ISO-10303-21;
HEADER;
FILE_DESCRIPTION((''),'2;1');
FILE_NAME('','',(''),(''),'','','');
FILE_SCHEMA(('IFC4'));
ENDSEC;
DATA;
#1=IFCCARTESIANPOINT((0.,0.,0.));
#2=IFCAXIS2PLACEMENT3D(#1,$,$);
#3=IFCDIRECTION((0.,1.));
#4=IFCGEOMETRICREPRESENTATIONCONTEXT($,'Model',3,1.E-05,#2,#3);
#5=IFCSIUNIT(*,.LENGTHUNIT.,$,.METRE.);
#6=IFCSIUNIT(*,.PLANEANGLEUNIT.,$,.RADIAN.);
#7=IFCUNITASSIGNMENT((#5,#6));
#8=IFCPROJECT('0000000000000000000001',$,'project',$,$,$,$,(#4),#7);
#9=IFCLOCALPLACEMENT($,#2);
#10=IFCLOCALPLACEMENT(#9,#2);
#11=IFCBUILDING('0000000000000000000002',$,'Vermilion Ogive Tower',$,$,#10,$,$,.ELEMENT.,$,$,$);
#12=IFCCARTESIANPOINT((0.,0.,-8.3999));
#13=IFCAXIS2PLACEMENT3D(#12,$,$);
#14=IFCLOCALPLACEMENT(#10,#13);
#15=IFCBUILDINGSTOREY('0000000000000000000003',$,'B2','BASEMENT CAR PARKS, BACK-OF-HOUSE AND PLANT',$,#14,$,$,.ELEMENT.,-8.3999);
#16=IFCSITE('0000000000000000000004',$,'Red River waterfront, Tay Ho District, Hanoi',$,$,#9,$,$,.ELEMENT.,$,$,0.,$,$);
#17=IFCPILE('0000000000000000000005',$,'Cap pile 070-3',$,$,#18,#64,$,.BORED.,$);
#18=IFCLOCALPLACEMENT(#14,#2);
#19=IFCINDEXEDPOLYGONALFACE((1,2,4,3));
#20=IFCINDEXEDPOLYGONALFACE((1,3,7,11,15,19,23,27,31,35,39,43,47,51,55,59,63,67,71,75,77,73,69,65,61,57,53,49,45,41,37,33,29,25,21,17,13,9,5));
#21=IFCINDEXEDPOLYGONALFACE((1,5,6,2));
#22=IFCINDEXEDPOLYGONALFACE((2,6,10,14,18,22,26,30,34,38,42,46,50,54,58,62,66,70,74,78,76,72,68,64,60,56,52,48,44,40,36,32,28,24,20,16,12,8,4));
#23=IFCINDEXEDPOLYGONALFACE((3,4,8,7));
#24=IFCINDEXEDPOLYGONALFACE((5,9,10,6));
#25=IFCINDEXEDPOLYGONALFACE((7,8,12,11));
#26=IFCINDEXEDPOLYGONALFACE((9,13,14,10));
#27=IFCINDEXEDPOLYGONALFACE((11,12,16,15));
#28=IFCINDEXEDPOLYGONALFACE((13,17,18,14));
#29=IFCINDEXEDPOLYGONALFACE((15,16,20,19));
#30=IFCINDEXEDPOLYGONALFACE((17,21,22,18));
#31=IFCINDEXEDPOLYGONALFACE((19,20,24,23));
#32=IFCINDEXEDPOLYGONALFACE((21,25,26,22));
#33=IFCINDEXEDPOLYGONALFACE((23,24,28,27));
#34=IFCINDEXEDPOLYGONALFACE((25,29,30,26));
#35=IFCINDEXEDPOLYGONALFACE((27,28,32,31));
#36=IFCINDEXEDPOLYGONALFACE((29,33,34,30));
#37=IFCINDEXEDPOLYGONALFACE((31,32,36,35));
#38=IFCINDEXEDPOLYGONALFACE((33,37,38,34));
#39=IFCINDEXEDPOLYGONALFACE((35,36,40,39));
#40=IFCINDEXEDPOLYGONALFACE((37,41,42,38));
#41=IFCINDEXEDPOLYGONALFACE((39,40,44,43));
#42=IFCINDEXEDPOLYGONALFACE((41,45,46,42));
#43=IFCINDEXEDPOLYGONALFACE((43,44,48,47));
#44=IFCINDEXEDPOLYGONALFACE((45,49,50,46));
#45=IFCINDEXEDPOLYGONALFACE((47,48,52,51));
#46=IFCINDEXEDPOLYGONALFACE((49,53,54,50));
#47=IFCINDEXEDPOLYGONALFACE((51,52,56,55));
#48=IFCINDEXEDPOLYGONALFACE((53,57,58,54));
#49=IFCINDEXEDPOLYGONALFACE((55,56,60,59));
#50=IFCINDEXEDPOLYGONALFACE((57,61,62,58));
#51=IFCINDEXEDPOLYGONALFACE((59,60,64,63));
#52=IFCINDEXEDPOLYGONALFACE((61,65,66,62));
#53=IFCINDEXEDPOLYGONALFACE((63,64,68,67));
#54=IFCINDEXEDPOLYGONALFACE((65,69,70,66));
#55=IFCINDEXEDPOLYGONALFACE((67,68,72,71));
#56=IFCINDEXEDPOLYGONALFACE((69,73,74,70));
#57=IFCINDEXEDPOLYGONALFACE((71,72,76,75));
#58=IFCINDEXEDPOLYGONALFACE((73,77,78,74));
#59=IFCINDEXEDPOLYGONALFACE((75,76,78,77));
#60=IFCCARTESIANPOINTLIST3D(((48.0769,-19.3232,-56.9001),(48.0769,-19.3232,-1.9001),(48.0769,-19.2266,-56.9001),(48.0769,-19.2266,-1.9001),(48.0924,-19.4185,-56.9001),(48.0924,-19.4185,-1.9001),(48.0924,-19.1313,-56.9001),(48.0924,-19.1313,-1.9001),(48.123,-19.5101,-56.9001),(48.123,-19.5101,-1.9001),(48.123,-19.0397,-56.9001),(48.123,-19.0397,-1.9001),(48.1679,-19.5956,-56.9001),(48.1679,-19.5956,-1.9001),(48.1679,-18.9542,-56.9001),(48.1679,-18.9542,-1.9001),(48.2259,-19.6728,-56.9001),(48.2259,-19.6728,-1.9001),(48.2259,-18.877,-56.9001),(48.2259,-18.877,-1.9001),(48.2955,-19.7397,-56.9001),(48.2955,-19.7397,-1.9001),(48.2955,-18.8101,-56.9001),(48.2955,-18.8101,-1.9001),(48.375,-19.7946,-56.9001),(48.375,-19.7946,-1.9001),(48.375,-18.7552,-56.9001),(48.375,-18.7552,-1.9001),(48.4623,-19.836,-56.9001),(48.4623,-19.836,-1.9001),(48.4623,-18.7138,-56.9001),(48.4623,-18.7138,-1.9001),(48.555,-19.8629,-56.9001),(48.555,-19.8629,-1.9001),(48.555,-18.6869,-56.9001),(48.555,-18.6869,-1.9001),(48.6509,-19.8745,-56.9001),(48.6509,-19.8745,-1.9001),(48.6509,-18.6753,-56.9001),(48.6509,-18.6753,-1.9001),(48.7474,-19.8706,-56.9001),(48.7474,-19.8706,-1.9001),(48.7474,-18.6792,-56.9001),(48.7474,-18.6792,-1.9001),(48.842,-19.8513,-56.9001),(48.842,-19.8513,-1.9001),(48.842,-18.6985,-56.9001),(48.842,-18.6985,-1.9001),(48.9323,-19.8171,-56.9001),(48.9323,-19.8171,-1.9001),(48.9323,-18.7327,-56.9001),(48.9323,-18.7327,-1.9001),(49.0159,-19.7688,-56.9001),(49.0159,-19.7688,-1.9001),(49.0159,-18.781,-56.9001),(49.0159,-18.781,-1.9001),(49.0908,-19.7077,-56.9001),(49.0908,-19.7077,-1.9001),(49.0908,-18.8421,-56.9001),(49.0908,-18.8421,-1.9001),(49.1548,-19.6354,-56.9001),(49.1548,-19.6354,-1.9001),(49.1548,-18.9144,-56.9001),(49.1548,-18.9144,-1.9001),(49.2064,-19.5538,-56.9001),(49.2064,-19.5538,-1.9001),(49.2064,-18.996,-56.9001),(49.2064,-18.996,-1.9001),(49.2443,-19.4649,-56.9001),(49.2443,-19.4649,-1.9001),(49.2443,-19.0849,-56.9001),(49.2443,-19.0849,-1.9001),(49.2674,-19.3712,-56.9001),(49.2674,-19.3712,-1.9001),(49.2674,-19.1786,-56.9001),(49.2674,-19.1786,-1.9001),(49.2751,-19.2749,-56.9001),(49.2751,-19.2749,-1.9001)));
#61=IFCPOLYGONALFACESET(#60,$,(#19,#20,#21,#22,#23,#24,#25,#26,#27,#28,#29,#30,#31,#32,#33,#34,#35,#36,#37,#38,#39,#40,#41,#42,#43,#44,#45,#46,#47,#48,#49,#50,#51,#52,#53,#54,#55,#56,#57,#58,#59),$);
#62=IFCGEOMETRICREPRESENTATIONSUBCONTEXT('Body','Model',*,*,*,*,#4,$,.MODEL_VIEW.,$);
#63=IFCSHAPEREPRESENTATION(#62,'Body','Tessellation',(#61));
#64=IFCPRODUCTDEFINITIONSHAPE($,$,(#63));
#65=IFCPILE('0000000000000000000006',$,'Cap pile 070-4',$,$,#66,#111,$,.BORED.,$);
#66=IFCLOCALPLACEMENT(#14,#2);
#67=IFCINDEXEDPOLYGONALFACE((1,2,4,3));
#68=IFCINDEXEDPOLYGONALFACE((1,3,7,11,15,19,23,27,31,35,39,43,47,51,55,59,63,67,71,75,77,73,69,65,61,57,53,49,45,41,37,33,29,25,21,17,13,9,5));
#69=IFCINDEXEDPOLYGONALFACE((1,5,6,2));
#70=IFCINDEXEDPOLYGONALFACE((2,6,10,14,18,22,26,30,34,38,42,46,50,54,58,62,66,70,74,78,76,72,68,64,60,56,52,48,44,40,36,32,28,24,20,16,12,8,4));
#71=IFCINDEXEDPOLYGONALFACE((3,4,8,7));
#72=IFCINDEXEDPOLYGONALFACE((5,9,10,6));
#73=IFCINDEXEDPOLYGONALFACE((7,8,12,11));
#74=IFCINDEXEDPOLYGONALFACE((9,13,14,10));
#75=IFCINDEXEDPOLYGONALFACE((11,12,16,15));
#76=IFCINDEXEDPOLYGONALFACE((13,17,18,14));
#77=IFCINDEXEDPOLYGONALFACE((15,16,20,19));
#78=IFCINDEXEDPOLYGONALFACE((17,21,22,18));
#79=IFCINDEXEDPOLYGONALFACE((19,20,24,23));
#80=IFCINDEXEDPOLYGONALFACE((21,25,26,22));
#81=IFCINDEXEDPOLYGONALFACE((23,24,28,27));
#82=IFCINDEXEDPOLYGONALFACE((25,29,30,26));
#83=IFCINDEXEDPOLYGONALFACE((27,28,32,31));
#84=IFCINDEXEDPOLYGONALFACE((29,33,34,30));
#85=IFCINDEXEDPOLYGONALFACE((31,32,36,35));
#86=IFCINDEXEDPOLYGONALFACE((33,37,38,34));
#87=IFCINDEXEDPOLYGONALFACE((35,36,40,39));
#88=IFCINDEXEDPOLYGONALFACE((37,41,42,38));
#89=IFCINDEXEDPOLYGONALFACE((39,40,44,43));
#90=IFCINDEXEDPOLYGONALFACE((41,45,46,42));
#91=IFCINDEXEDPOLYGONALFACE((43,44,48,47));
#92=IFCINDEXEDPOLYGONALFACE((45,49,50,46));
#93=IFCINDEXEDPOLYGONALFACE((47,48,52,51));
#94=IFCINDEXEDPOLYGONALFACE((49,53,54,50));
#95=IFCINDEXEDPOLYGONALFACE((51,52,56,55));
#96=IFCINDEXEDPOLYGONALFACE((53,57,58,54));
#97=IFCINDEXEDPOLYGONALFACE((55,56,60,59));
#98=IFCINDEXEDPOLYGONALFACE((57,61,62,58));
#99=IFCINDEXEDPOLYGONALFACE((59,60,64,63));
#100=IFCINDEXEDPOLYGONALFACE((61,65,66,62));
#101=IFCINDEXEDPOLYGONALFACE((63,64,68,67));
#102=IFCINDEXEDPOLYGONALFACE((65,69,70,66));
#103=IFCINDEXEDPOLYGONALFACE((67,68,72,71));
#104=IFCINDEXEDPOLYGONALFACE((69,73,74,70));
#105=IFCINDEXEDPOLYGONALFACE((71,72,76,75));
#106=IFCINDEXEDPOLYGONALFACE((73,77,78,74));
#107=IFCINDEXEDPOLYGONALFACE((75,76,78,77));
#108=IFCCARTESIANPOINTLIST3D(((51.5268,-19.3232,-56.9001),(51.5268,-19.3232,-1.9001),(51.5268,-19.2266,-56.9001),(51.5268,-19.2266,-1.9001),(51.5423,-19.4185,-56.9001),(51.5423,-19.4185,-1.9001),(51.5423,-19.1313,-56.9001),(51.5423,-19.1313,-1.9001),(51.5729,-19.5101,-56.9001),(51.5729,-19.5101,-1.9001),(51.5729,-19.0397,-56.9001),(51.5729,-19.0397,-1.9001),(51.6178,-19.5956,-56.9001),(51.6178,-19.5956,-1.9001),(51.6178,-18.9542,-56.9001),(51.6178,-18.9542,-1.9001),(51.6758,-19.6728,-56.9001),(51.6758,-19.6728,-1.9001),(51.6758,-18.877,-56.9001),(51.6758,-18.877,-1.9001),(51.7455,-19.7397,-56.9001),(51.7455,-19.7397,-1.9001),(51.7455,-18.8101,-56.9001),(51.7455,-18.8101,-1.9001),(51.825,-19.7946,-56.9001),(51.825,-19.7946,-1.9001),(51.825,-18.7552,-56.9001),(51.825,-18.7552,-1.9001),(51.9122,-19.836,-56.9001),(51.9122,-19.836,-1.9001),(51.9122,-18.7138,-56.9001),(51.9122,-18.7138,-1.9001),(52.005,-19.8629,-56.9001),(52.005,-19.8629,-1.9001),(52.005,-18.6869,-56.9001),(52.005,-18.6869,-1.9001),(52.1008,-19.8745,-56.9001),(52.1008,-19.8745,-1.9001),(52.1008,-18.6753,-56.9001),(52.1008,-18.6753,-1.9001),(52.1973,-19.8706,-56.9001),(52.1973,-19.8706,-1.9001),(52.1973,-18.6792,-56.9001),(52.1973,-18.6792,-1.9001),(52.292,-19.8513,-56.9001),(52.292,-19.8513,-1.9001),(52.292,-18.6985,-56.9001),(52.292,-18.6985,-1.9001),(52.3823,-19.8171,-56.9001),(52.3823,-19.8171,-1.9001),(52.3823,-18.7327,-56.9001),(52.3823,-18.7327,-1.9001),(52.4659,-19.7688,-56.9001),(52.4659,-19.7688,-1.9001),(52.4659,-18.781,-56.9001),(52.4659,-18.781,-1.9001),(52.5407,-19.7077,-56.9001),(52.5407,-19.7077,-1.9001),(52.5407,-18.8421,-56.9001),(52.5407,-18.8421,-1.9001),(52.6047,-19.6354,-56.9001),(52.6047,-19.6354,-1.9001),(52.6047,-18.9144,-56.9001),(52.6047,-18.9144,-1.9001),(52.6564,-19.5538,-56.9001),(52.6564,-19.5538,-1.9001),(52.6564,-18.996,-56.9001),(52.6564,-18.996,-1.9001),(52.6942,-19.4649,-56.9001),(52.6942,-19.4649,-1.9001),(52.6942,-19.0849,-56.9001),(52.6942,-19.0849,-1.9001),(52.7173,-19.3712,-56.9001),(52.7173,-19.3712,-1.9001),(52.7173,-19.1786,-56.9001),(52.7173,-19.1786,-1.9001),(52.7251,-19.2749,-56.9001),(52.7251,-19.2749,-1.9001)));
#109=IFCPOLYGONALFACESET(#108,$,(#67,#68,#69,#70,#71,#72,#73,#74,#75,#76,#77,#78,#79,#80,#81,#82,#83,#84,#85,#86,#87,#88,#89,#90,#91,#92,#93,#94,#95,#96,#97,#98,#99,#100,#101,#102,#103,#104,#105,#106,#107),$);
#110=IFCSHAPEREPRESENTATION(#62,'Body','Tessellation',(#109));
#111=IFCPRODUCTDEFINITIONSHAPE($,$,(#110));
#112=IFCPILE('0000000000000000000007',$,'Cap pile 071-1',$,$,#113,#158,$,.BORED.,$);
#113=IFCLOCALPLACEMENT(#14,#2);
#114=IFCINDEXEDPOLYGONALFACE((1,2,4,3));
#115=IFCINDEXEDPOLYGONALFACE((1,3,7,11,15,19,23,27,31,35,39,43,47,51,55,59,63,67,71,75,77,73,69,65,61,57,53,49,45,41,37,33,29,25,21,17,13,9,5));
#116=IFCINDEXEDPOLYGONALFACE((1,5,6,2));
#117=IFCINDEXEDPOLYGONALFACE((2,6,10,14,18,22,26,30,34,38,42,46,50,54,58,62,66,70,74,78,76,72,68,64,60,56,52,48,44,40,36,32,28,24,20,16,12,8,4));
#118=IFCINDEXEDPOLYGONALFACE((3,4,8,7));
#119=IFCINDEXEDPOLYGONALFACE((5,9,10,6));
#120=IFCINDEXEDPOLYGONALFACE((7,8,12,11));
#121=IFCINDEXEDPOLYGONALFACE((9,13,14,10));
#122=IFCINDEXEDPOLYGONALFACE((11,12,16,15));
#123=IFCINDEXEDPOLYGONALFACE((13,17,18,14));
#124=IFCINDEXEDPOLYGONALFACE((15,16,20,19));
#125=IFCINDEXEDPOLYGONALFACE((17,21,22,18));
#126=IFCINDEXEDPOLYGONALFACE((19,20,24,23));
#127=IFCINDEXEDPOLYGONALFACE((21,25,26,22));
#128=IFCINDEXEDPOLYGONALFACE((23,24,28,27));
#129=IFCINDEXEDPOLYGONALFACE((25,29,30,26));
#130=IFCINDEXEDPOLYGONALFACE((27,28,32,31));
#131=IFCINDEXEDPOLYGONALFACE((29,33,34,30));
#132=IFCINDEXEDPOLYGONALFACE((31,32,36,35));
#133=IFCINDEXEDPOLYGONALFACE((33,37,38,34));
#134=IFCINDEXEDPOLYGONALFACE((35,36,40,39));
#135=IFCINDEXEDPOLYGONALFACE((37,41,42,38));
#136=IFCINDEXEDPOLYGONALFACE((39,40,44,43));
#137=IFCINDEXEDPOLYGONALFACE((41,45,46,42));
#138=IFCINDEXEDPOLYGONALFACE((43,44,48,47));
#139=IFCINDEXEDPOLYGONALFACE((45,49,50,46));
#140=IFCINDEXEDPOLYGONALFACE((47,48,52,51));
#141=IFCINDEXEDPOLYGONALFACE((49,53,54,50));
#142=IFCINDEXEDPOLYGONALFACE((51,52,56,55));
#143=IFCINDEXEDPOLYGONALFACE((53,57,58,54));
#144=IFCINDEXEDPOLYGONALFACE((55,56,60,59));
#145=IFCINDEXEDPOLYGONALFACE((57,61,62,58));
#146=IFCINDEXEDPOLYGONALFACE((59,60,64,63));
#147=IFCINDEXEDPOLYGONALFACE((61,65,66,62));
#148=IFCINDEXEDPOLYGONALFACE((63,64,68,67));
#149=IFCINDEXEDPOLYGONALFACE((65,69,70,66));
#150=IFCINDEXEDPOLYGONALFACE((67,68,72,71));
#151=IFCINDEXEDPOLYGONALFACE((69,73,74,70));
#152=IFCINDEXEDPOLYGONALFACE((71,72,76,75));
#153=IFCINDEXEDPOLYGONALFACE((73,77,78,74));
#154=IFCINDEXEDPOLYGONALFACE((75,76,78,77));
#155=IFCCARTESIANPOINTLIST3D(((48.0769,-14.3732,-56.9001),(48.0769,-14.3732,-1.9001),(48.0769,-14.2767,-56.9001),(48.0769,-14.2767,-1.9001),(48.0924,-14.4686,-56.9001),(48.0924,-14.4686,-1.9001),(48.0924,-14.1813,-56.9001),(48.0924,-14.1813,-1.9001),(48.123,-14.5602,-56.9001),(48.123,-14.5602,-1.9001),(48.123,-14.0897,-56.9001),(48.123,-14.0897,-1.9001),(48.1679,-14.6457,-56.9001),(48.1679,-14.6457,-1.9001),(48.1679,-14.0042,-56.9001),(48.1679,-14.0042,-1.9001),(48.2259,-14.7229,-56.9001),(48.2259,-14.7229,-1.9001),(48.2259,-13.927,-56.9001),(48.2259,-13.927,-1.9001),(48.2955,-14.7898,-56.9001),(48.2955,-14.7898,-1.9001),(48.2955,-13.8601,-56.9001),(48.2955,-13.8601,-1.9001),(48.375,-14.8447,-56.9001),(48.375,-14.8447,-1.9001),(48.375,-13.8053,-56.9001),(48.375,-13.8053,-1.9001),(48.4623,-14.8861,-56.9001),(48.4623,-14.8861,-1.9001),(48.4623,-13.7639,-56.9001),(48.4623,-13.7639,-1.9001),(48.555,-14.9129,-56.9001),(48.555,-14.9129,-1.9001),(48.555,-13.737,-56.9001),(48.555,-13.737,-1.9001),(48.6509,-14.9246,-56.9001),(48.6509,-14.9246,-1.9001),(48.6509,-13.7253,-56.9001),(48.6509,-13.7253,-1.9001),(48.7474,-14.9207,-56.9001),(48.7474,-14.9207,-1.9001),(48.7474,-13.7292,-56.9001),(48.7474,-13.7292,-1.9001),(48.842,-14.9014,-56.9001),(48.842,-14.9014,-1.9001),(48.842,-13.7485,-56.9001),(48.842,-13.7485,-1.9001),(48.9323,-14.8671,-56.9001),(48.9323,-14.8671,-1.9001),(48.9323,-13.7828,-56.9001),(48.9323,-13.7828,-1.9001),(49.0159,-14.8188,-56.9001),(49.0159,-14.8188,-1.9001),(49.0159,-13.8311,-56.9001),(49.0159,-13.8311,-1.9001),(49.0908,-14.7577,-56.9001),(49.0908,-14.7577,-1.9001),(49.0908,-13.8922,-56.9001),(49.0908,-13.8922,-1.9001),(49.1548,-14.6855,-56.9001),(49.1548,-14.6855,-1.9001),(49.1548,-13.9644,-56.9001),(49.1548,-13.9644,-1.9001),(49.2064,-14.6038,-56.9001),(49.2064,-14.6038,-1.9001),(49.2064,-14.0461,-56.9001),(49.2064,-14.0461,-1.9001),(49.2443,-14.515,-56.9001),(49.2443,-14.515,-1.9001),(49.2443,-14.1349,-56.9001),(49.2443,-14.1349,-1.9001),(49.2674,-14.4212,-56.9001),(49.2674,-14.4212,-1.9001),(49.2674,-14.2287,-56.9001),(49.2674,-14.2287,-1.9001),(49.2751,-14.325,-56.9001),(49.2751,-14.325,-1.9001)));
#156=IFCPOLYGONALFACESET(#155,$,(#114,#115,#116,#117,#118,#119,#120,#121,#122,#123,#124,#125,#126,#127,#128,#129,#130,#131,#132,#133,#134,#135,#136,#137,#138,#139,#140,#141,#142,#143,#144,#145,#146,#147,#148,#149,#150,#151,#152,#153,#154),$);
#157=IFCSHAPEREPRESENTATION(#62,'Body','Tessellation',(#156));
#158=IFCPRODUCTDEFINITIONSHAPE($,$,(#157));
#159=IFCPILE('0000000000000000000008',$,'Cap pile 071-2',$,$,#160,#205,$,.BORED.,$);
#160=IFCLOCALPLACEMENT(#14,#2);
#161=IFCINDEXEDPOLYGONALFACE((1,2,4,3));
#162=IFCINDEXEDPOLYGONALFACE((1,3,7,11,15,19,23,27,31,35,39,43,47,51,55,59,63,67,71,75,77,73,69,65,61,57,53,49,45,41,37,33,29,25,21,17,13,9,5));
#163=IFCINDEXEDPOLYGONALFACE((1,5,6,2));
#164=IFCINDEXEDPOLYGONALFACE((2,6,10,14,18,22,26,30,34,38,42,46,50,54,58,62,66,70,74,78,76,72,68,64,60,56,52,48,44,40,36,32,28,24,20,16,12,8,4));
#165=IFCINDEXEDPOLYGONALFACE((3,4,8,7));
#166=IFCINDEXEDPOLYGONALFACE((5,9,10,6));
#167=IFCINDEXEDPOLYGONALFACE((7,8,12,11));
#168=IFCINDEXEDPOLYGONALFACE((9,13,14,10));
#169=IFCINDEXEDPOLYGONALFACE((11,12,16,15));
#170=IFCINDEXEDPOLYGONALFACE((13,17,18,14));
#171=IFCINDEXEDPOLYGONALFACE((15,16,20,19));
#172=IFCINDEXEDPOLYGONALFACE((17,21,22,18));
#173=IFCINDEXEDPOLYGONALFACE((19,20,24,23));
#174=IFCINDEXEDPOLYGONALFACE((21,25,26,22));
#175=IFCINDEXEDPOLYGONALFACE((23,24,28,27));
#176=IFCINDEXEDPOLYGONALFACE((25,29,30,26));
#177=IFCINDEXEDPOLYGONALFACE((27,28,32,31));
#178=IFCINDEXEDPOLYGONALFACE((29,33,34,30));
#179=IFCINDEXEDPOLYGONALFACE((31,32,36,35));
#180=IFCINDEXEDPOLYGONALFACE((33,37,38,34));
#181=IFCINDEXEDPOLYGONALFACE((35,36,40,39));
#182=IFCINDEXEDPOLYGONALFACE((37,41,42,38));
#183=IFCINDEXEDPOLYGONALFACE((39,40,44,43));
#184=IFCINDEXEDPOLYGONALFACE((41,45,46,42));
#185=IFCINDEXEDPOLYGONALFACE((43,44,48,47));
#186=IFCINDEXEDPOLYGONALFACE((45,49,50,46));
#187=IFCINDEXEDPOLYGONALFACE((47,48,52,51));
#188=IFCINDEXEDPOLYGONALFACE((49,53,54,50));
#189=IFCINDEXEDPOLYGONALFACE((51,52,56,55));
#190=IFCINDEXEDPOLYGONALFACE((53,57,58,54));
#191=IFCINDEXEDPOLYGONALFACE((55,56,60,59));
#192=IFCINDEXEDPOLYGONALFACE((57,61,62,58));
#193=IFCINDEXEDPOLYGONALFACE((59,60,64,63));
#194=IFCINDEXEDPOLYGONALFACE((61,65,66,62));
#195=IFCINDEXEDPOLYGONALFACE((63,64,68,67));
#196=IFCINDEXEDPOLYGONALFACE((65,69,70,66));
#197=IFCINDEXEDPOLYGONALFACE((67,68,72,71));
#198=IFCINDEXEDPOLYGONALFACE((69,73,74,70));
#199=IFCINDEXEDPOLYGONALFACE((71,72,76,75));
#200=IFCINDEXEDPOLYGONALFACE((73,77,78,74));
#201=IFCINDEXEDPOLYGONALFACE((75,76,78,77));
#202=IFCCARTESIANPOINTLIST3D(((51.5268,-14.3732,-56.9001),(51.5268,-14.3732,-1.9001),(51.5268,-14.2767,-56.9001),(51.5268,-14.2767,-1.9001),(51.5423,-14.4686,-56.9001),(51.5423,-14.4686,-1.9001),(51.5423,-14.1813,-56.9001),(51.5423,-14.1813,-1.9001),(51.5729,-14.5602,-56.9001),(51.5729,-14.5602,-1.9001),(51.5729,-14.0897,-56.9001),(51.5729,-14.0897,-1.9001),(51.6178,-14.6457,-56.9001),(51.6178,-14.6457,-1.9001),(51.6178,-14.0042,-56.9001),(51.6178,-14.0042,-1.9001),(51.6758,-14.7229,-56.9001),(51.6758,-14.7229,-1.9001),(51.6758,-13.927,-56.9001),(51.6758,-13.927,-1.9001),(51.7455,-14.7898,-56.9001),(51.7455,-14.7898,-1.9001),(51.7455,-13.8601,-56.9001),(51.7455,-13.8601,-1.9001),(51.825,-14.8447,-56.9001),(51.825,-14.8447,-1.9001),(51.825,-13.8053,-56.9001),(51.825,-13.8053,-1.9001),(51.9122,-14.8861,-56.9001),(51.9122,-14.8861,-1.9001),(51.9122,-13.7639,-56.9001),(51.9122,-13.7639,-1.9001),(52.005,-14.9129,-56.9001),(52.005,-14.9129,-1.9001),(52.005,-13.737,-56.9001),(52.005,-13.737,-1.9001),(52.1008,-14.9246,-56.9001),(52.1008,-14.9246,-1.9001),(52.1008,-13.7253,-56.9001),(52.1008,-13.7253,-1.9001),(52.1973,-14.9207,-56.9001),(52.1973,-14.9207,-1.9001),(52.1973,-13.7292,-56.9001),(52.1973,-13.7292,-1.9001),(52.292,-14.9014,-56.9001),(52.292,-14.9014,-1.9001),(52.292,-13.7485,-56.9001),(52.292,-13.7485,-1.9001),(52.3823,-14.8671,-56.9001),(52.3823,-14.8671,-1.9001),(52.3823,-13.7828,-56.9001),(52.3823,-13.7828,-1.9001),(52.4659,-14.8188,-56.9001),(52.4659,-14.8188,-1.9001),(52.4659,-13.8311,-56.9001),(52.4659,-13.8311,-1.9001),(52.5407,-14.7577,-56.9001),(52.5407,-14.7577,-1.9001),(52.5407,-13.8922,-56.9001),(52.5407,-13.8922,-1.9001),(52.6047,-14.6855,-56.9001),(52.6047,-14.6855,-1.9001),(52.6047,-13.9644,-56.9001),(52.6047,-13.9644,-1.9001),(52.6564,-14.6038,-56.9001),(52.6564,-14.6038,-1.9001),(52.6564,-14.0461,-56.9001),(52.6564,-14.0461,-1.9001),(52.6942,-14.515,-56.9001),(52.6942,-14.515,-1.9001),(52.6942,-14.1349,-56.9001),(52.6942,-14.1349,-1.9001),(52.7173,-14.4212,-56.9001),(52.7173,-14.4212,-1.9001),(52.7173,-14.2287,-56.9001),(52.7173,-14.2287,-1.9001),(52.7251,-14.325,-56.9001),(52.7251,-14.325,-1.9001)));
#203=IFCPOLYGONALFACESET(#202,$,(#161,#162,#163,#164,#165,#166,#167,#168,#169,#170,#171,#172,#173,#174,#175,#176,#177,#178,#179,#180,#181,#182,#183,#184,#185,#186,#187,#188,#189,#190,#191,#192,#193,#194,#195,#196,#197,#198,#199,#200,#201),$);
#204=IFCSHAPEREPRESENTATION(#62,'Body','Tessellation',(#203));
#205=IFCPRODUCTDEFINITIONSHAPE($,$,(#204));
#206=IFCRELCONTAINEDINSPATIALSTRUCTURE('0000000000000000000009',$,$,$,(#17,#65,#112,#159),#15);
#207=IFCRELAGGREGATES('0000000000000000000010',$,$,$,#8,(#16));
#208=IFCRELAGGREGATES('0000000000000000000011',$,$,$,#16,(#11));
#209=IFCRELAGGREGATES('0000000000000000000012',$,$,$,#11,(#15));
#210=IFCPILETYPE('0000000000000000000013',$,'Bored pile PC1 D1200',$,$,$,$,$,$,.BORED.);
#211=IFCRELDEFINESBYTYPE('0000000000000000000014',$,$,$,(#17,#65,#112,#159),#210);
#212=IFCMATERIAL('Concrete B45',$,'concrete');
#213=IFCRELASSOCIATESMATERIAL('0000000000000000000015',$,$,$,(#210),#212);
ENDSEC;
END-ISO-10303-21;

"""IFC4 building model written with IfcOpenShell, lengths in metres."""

from ifc_helpers import new_model, si_unit, direction, frame, origin, origin_2d, place, context, subcontext, project, spatial, circle, extrude, material, type_object, element, save


model = new_model("IFC4")

# Units and contexts
model_context = context("Model", 3, precision=1e-05, world=origin(), true_north=direction((0.0, 1.0)))
body_context = subcontext(model_context, "Body", "Model", "MODEL_VIEW")
ifc_project = project(units=[si_unit("LENGTHUNIT", "METRE"), si_unit("PLANEANGLEUNIT", "RADIAN")], contexts=[model_context])

# Site, building, storey
site_placement = place(None, origin())
site = spatial("IfcSite", under=ifc_project, at=site_placement, Name="Red River waterfront, Tay Ho District, Hanoi", CompositionType="ELEMENT", RefElevation=0.0)
building_placement = place(site_placement, origin())
building = spatial("IfcBuilding", under=site, at=building_placement, Name="Vermilion Ogive Tower", CompositionType="ELEMENT")
storey_placement = place(building_placement, frame((0.0, 0.0, -8.3999)))
storey = spatial("IfcBuildingStorey", under=building, at=storey_placement, Name="B2", Description="BASEMENT CAR PARKS, BACK-OF-HOUSE AND PLANT", CompositionType="ELEMENT", Elevation=-8.3999)

# Piles
ifc_material_1 = material(Name="Concrete B45", Category="concrete")
pile_type = type_object("IfcPileType", Name="Bored pile PC1 D1200", PredefinedType="BORED", material=ifc_material_1)
for number, where, z_axis, x_axis, name in (
    (1, (48.675, -19.2749, -1.9001), (0.0, 0.0, -1.0), (1.0, 0.0, 0.0), "Cap pile 070-3"),
    (2, (52.125, -19.2749, -1.9001), (0.0, 0.0, -1.0), (1.0, 0.0, 0.0), "Cap pile 070-4"),
    (3, (48.675, -14.325, -1.9001), (0.0, 0.0, -1.0), (1.0, 0.0, 0.0), "Cap pile 071-1"),
    (4, (52.125, -14.325, -1.9001), (0.0, 0.0, -1.0), (1.0, 0.0, 0.0), "Cap pile 071-2"),
):
    element("IfcPile", number, at=place(storey_placement, frame(where, z_axis=z_axis, x_axis=x_axis)), inside=storey, type_object=pile_type, Name=name, PredefinedType="BORED", context=body_context, shape_type="SweptSolid", body=[
        extrude(circle(Radius=0.6001, at=origin_2d()), origin(), (0.0, 0.0, 1.0), 55.0),
    ])

save(model, "model.ifc")
